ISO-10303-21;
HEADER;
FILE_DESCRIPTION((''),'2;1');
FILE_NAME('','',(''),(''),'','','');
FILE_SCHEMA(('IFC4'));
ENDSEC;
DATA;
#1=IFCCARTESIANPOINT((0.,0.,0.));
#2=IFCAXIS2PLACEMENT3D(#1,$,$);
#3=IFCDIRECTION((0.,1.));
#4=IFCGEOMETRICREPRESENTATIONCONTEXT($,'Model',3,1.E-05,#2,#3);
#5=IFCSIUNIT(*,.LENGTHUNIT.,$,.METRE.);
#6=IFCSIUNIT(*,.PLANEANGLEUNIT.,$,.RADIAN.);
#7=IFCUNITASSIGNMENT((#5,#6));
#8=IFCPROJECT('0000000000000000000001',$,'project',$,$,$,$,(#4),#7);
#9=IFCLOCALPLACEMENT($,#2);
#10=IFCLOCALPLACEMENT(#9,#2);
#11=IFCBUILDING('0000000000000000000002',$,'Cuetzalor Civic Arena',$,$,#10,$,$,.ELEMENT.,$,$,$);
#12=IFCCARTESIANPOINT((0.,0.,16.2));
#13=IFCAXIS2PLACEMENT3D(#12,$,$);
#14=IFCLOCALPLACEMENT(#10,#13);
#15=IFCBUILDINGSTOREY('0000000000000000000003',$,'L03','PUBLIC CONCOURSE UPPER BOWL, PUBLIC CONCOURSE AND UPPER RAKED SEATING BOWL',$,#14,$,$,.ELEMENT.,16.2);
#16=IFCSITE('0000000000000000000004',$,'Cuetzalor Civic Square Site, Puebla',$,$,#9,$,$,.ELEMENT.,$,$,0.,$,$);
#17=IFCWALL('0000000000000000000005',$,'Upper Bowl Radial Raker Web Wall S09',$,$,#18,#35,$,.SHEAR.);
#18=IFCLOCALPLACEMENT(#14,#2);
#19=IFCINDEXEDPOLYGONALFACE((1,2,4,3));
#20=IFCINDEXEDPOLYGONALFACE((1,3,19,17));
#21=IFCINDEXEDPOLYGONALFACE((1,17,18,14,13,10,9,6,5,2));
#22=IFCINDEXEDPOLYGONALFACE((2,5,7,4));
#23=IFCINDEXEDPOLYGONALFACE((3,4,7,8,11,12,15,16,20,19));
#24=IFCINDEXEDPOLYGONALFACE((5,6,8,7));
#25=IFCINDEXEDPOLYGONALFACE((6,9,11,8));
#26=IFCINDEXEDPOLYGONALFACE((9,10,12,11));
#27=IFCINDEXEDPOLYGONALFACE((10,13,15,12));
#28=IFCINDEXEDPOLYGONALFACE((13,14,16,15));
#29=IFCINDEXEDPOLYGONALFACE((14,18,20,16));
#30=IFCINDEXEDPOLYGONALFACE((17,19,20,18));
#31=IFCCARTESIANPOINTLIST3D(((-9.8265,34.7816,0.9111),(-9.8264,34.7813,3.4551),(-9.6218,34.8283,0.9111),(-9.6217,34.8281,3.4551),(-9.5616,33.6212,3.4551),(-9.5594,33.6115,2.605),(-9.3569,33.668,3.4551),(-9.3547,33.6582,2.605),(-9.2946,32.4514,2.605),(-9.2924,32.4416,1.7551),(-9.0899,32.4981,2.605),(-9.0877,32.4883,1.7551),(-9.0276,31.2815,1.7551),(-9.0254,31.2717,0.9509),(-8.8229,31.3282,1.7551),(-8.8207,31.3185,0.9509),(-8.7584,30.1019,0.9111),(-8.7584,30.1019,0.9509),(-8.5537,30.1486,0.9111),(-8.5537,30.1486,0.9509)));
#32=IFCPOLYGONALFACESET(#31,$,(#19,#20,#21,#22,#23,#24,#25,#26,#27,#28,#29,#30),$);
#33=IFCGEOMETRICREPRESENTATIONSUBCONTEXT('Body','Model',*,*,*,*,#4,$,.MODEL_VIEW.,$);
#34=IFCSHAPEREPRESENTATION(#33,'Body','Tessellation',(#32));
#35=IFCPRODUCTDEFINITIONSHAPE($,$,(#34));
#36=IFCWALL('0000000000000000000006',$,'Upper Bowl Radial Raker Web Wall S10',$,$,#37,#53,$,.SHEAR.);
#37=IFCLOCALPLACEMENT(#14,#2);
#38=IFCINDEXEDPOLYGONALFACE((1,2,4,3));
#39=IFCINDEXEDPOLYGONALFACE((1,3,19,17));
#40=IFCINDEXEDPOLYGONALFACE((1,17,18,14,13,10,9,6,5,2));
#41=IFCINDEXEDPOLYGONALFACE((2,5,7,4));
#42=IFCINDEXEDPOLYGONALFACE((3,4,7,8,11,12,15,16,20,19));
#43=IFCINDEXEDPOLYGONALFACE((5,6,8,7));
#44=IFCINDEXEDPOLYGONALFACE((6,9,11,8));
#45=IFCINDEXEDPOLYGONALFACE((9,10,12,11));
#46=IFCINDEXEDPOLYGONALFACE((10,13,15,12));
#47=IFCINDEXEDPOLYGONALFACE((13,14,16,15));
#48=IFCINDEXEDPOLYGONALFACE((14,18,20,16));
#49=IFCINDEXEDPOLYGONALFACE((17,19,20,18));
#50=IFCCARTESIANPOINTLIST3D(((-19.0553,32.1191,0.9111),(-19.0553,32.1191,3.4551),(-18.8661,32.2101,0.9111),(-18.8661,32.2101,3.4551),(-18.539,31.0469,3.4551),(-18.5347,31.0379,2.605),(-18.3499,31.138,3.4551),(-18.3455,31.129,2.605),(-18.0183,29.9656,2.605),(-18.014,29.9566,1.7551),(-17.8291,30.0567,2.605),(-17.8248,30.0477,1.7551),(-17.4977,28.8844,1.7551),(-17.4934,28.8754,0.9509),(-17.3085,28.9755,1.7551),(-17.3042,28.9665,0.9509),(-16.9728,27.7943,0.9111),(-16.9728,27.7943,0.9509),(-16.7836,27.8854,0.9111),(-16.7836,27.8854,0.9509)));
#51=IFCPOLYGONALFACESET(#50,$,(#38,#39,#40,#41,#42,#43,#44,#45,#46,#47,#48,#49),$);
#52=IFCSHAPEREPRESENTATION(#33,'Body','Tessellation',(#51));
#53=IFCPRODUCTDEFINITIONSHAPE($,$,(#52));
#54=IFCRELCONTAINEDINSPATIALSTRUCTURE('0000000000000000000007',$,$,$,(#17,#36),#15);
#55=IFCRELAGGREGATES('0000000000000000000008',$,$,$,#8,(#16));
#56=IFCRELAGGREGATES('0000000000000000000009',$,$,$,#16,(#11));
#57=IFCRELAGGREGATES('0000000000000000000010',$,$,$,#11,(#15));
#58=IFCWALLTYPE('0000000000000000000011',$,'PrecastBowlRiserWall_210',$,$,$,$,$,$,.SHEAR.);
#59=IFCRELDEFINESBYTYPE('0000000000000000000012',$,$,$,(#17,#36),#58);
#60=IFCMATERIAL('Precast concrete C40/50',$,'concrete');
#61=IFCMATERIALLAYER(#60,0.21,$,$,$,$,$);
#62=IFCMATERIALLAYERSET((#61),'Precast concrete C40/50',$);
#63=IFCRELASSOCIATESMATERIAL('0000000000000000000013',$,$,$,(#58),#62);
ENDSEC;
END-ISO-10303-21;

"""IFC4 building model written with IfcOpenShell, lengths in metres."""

from ifc_helpers import new_model, si_unit, direction, frame, origin, place, context, subcontext, project, spatial, polyline, outline, extrude, material, layer, layer_set, type_object, element, save


model = new_model("IFC4")

# Units and contexts
model_context = context("Model", 3, precision=1e-05, world=origin(), true_north=direction((0.0, 1.0)))
body_context = subcontext(model_context, "Body", "Model", "MODEL_VIEW")
ifc_project = project(units=[si_unit("LENGTHUNIT", "METRE"), si_unit("PLANEANGLEUNIT", "RADIAN")], contexts=[model_context])

# Site, building, storey
site_placement = place(None, origin())
site = spatial("IfcSite", under=ifc_project, at=site_placement, Name="Cuetzalor Civic Square Site, Puebla", CompositionType="ELEMENT", RefElevation=0.0)
building_placement = place(site_placement, origin())
building = spatial("IfcBuilding", under=site, at=building_placement, Name="Cuetzalor Civic Arena", CompositionType="ELEMENT")
storey_placement = place(building_placement, frame((0.0, 0.0, 16.2)))
storey = spatial("IfcBuildingStorey", under=building, at=storey_placement, Name="L03", Description="PUBLIC CONCOURSE UPPER BOWL, PUBLIC CONCOURSE AND UPPER RAKED SEATING BOWL", CompositionType="ELEMENT", Elevation=16.2)

# Walls
ifc_material_1 = material(Name="Precast concrete C40/50", Category="concrete")
ifc_layer_1 = layer(ifc_material_1, 0.21)
ifc_layer_set_1 = layer_set([ifc_layer_1], Name="Precast concrete C40/50")
wall_type = type_object("IfcWallType", Name="PrecastBowlRiserWall_210", PredefinedType="SHEAR", material=ifc_layer_set_1)
wall_1_placement = place(storey_placement, frame((-8.656, 30.1252, 0.9111), z_axis=(0.0, 0.0, 1.0), x_axis=(-0.222522, 0.974928, 0.0)))
element("IfcWall", 1, at=wall_1_placement, inside=storey, type_object=wall_type, Name="Upper Bowl Radial Raker Web Wall S09", PredefinedType="SHEAR", context=body_context, shape_type="SweptSolid", body=[
    extrude(outline(polyline([(0.0, 0.0), (4.8, 0.0), (4.7998, 2.5439), (3.6099, 2.5439), (3.5999, 1.6938), (2.4099, 1.6938), (2.3999, 0.844), (1.21, 0.844), (1.2, 0.0398), (0.0, 0.0398), (0.0, 0.0)])), frame((0.0, 0.105, 0.0), z_axis=(0.0, -1.0, 0.0), x_axis=(1.0, 0.0, 0.0)), (0.0, 0.0, 1.0), 0.21),
])
wall_2_placement = place(storey_placement, frame((-16.8782, 27.8398, 0.9111), z_axis=(0.0, 0.0, 1.0), x_axis=(-0.433858, 0.900981, 0.0)))
element("IfcWall", 2, at=wall_2_placement, inside=storey, type_object=wall_type, Name="Upper Bowl Radial Raker Web Wall S10", PredefinedType="SHEAR", context=body_context, shape_type="SweptSolid", body=[
    extrude(outline(polyline([(0.0, 0.0), (4.8, 0.0), (4.8, 2.5439), (3.6101, 2.5439), (3.6001, 1.6938), (2.4099, 1.6938), (2.3999, 0.844), (1.21, 0.844), (1.2, 0.0398), (0.0, 0.0398), (0.0, 0.0)])), frame((0.0, 0.105, 0.0), z_axis=(0.0, -1.0, 0.0), x_axis=(1.0, 0.0, 0.0)), (0.0, 0.0, 1.0), 0.21),
])

save(model, "model.ifc")
